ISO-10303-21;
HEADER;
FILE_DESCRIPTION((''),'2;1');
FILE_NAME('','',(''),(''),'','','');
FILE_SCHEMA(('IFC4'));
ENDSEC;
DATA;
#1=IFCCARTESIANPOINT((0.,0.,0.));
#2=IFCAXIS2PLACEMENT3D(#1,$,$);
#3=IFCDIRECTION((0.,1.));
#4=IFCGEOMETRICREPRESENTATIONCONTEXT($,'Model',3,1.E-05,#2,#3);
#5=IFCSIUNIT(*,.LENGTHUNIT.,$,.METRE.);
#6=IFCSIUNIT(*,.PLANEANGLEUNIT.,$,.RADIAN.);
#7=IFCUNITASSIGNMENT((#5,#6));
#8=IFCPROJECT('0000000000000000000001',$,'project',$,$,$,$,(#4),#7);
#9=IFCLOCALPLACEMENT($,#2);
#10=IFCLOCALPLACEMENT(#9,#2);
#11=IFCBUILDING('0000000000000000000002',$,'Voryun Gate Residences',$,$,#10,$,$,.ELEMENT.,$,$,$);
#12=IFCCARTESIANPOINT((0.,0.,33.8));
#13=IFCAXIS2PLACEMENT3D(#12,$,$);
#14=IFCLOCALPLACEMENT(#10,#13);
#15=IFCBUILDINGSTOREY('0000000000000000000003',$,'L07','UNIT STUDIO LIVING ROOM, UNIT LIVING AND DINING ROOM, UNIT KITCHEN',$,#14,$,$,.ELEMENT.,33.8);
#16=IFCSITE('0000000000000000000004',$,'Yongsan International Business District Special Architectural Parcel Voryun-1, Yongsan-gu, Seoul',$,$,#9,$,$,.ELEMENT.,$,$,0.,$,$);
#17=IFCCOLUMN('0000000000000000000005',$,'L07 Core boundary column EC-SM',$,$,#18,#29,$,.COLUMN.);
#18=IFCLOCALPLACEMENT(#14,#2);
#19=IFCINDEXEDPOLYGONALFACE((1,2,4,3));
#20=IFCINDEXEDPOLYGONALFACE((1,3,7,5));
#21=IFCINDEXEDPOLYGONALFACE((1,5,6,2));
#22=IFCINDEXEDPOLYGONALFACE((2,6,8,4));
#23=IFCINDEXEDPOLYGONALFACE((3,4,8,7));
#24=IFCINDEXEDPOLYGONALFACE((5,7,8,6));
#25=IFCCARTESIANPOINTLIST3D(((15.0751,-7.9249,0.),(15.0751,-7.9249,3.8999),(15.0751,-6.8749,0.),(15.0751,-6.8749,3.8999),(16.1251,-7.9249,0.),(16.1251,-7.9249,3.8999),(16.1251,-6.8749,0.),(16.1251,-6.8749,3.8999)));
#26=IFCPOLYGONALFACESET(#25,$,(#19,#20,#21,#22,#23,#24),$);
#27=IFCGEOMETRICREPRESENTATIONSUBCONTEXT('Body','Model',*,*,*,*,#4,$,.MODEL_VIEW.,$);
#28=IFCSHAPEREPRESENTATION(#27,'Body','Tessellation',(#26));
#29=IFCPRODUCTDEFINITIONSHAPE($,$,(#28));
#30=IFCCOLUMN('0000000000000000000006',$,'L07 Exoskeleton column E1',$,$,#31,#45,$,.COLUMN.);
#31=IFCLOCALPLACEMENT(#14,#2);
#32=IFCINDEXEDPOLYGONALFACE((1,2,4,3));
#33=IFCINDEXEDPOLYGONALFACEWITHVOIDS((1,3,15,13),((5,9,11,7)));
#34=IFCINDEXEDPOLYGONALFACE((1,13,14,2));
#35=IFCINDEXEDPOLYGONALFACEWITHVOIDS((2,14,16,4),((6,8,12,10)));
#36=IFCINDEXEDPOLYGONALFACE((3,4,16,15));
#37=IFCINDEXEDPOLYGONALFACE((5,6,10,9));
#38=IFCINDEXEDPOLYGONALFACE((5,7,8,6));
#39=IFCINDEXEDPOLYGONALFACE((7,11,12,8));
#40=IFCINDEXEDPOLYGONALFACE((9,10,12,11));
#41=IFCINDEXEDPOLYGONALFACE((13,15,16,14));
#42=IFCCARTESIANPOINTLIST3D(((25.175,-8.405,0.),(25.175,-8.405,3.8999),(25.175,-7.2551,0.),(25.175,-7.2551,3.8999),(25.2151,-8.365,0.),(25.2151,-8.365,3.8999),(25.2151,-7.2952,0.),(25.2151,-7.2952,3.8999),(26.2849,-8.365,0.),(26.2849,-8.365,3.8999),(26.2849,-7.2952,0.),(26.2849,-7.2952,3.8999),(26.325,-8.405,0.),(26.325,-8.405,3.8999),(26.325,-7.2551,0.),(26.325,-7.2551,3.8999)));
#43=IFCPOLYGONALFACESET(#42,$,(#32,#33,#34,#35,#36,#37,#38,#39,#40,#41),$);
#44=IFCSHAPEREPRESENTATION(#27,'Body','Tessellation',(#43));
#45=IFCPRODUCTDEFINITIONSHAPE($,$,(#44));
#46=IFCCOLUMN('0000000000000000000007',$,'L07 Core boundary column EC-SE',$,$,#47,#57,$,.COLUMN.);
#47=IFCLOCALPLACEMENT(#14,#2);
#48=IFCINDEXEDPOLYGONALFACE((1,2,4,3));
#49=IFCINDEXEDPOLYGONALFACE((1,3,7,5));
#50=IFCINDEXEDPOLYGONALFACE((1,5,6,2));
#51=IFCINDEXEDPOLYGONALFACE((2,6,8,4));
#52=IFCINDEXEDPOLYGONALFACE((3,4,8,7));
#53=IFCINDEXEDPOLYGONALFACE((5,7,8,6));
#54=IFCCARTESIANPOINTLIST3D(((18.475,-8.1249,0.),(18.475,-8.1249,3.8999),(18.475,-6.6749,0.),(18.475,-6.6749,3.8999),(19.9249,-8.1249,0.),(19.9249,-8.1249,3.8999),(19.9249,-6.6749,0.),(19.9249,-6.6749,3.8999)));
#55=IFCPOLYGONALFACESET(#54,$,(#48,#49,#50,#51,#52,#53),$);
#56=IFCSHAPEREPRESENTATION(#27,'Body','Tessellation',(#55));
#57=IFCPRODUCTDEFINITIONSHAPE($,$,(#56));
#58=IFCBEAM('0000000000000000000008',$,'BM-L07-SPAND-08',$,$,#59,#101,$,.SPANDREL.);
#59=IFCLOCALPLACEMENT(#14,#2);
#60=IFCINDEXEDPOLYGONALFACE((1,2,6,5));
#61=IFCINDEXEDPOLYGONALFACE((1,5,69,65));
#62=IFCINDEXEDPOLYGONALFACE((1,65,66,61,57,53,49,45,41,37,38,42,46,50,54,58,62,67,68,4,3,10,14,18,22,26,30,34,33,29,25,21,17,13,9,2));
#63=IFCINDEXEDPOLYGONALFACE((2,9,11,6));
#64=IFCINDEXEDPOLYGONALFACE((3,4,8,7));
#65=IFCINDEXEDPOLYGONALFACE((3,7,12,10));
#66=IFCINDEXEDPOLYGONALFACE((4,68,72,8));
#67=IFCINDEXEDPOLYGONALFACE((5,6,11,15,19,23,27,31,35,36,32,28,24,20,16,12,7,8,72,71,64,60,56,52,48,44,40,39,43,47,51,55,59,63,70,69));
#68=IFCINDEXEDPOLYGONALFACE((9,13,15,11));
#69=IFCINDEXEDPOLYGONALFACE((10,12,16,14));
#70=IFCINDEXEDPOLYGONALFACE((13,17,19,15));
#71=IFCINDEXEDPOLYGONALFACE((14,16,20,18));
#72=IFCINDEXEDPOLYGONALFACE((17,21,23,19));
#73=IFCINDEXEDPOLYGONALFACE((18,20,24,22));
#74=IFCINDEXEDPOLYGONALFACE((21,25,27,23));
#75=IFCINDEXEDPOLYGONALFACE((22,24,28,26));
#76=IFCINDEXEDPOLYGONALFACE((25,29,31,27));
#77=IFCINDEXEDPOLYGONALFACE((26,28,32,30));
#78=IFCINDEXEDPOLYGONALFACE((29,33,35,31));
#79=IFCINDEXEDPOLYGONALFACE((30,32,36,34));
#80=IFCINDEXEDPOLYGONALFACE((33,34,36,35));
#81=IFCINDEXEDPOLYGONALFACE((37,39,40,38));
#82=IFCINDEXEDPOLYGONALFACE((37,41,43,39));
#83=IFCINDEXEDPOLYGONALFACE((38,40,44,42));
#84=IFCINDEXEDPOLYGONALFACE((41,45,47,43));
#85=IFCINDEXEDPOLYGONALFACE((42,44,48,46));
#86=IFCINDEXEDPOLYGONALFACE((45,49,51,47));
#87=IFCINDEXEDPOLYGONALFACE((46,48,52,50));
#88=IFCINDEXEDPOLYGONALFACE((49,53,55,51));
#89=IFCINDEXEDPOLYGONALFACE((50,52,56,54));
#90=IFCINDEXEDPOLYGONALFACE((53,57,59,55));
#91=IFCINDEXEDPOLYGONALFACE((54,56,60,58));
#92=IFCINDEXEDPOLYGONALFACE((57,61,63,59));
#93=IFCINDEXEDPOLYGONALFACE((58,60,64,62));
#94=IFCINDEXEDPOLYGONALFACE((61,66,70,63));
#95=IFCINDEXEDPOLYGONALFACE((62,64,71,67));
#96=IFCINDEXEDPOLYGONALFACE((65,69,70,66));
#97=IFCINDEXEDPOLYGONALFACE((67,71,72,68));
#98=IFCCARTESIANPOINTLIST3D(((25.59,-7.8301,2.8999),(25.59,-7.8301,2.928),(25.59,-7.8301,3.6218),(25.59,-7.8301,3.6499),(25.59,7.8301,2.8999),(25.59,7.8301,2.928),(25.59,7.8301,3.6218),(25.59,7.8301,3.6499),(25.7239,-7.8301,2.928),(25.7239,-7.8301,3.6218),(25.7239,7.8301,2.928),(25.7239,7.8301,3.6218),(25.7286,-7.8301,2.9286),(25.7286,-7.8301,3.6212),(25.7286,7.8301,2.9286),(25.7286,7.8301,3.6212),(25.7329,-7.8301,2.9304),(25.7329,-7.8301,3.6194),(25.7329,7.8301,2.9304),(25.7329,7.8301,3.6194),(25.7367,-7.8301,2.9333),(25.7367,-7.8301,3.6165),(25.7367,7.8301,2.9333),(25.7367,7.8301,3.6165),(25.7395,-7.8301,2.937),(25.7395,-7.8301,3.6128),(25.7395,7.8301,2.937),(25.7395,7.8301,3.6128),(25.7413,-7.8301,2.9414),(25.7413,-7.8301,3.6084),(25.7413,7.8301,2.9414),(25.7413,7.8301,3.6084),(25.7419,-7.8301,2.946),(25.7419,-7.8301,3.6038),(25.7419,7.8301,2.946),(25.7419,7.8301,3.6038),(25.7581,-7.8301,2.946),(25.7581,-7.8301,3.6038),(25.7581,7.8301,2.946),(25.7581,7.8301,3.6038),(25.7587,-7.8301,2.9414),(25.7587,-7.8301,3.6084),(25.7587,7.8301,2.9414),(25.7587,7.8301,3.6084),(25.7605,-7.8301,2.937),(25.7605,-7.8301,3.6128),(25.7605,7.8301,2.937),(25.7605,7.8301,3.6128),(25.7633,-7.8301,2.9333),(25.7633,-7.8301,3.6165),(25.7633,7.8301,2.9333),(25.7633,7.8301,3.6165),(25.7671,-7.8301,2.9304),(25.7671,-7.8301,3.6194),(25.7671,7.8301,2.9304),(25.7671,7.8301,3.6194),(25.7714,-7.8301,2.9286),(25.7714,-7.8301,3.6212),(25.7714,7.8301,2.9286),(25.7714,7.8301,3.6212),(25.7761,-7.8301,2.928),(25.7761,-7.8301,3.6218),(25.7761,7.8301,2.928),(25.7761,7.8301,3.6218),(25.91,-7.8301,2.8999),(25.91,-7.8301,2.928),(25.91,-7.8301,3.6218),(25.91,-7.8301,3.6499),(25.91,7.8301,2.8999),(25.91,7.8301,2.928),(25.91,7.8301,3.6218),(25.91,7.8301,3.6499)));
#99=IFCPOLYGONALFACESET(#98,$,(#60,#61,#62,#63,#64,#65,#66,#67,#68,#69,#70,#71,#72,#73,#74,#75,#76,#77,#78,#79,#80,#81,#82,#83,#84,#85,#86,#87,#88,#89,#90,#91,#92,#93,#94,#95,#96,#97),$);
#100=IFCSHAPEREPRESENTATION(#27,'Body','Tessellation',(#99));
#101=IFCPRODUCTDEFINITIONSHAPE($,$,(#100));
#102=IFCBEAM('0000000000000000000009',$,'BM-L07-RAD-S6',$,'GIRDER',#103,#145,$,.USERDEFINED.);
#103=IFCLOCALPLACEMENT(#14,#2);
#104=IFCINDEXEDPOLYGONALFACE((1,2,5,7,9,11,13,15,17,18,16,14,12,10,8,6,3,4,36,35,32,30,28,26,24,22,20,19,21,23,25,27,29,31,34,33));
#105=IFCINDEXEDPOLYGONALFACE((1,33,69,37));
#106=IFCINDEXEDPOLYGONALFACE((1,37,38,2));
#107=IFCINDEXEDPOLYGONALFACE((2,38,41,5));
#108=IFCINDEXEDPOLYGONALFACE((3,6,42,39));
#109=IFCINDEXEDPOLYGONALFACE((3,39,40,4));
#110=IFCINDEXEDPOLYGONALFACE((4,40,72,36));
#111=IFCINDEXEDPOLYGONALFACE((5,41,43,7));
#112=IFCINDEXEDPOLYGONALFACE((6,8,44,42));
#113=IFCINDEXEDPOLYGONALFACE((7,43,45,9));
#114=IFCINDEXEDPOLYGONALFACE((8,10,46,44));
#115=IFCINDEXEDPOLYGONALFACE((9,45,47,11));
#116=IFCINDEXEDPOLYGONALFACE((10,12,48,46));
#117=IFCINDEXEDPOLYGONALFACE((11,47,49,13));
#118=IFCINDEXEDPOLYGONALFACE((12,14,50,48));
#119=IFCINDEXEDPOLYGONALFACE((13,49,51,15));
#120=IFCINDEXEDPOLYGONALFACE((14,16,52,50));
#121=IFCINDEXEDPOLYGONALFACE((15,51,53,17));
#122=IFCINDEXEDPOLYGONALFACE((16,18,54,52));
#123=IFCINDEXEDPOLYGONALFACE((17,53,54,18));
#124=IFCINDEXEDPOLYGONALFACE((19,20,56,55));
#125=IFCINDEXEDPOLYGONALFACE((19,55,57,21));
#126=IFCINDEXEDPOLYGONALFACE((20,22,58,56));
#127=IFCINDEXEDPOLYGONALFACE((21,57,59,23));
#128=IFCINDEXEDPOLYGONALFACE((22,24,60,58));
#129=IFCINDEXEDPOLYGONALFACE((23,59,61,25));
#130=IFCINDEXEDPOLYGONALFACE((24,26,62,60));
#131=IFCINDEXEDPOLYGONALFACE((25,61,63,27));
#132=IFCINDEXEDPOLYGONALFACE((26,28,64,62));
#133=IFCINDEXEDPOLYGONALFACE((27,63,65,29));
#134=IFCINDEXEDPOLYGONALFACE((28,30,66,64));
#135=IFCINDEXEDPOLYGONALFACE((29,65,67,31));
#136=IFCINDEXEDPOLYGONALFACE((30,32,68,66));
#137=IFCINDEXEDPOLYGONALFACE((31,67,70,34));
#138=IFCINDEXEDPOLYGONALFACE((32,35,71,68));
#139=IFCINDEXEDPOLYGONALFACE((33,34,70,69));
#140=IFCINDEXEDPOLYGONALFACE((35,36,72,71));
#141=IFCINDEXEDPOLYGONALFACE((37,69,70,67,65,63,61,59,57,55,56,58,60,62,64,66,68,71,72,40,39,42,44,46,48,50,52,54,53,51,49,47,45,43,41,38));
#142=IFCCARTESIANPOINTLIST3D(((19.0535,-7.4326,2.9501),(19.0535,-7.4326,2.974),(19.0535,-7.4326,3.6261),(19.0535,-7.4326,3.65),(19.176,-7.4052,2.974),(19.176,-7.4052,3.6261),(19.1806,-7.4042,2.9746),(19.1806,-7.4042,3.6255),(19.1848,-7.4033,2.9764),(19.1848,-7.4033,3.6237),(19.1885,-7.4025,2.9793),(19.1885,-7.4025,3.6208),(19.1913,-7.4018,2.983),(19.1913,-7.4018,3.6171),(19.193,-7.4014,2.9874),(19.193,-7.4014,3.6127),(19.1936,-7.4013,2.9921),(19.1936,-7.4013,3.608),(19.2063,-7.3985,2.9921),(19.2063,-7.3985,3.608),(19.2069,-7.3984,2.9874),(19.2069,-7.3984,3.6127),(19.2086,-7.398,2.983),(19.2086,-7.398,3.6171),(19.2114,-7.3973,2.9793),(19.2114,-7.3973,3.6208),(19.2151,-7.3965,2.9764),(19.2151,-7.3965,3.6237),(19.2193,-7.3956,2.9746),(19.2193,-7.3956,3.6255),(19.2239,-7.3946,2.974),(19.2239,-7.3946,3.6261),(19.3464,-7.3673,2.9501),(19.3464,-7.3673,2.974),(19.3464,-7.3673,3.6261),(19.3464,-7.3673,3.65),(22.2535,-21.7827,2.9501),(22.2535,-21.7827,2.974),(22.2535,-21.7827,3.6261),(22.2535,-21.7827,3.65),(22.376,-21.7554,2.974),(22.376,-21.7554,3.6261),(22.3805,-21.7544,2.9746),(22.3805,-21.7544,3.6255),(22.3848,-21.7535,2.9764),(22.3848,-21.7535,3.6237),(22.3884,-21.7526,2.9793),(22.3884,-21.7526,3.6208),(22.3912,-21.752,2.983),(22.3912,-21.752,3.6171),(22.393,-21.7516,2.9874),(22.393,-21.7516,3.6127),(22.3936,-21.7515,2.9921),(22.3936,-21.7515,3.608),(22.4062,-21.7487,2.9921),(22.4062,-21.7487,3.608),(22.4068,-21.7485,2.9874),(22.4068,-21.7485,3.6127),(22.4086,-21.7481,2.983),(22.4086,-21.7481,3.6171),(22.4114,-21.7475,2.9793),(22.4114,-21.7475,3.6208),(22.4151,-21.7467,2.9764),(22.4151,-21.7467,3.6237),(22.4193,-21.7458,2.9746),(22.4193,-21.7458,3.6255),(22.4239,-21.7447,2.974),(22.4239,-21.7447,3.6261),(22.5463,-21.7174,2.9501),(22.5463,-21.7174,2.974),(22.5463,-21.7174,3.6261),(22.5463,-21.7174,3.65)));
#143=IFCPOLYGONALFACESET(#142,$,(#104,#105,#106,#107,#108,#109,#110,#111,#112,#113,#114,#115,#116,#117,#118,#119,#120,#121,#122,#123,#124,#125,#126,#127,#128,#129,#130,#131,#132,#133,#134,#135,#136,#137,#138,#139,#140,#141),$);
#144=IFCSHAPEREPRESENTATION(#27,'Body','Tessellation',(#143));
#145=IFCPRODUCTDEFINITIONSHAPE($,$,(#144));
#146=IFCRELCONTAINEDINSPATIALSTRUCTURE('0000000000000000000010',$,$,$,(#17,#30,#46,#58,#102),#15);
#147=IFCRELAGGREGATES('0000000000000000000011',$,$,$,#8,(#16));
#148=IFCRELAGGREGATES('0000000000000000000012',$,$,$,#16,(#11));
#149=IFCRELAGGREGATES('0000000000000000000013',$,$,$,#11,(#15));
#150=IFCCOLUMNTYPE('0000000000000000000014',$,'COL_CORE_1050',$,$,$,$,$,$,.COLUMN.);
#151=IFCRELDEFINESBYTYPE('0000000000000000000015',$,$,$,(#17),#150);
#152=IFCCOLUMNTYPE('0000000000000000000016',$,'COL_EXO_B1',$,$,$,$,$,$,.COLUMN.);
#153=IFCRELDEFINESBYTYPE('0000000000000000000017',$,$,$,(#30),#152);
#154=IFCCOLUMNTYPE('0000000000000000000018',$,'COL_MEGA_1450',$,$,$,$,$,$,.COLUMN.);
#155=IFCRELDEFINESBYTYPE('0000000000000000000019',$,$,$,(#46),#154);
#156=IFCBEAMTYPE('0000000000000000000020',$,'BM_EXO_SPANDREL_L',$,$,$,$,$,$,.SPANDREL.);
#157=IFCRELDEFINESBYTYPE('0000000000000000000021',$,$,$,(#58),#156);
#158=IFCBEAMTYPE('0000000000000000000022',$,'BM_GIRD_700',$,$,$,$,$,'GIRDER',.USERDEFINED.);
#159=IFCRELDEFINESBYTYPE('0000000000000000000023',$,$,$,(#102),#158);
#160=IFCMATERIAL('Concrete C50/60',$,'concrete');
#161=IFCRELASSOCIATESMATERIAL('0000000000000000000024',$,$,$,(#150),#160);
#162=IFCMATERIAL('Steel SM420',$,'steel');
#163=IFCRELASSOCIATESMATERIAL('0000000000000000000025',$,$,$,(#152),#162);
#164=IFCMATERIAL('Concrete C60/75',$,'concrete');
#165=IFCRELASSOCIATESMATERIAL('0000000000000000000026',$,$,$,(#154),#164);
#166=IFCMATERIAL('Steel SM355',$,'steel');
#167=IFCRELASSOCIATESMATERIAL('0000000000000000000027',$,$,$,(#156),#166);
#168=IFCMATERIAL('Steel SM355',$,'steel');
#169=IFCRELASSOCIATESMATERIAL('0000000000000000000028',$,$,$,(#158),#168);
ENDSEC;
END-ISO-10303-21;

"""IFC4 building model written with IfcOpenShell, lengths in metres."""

from ifc_helpers import new_model, si_unit, direction, frame, origin, origin_2d, place, context, subcontext, project, spatial, rectangle, hollow_rectangle, i_section, extrude, material, material_profile, profile_set, type_object, element, save


model = new_model("IFC4")

# Units and contexts
model_context = context("Model", 3, precision=1e-05, world=origin(), true_north=direction((0.0, 1.0)))
body_context = subcontext(model_context, "Body", "Model", "MODEL_VIEW")
ifc_project = project(units=[si_unit("LENGTHUNIT", "METRE"), si_unit("PLANEANGLEUNIT", "RADIAN")], contexts=[model_context])

# Site, building, storey
site_placement = place(None, origin())
site = spatial("IfcSite", under=ifc_project, at=site_placement, Name="Yongsan International Business District Special Architectural Parcel Voryun-1, Yongsan-gu, Seoul", CompositionType="ELEMENT", RefElevation=0.0)
building_placement = place(site_placement, origin())
building = spatial("IfcBuilding", under=site, at=building_placement, Name="Voryun Gate Residences", CompositionType="ELEMENT")
storey_placement = place(building_placement, frame((0.0, 0.0, 33.8)))
storey = spatial("IfcBuildingStorey", under=building, at=storey_placement, Name="L07", Description="UNIT STUDIO LIVING ROOM, UNIT LIVING AND DINING ROOM, UNIT KITCHEN", CompositionType="ELEMENT", Elevation=33.8)

# Columns
ifc_material_1 = material(Name="Concrete C50/60", Category="concrete")
ifc_material_profile_1 = material_profile(ifc_material_1, rectangle(XDim=1.05, YDim=1.05, at=origin_2d()), Name="RC-1050x1050")
ifc_profile_set_1 = profile_set([ifc_material_profile_1], Name="Concrete C50/60")
column_type_1 = type_object("IfcColumnType", Name="COL_CORE_1050", PredefinedType="COLUMN", material=ifc_profile_set_1)
column_1_placement = place(storey_placement, frame((15.6001, -7.3999, 0.0), z_axis=(0.0, 0.0, 1.0), x_axis=(1.0, 0.0, 0.0)))
element("IfcColumn", 1, at=column_1_placement, inside=storey, type_object=column_type_1, Name="L07 Core boundary column EC-SM", PredefinedType="COLUMN", context=body_context, shape_type="SweptSolid", body=[
    extrude(rectangle(XDim=1.05, YDim=1.05, at=origin_2d()), origin(), (0.0, 0.0, 1.0), 3.8999),
])
ifc_material_2 = material(Name="Steel SM420", Category="steel")
ifc_material_profile_2 = material_profile(ifc_material_2, hollow_rectangle(XDim=1.1499, YDim=1.1499, WallThickness=0.04, at=origin_2d()), Name="BOX-1150x1150x40")
ifc_profile_set_2 = profile_set([ifc_material_profile_2], Name="Steel SM420")
column_type_2 = type_object("IfcColumnType", Name="COL_EXO_B1", PredefinedType="COLUMN", material=ifc_profile_set_2)
column_2_placement = place(storey_placement, frame((25.75, -7.8301, 0.0), z_axis=(0.0, 0.0, 1.0), x_axis=(1.0, 0.0, 0.0)))
element("IfcColumn", 2, at=column_2_placement, inside=storey, type_object=column_type_2, Name="L07 Exoskeleton column E1", PredefinedType="COLUMN", context=body_context, shape_type="SweptSolid", body=[
    extrude(hollow_rectangle(XDim=1.1499, YDim=1.1499, WallThickness=0.04, at=origin_2d()), origin(), (0.0, 0.0, 1.0), 3.8999),
])
ifc_material_3 = material(Name="Concrete C60/75", Category="concrete")
ifc_material_profile_3 = material_profile(ifc_material_3, rectangle(XDim=1.45, YDim=1.45, at=origin_2d()), Name="RC-1450x1450")
ifc_profile_set_3 = profile_set([ifc_material_profile_3], Name="Concrete C60/75")
column_type_3 = type_object("IfcColumnType", Name="COL_MEGA_1450", PredefinedType="COLUMN", material=ifc_profile_set_3)
column_3_placement = place(storey_placement, frame((19.2, -7.3999, 0.0), z_axis=(0.0, 0.0, 1.0), x_axis=(1.0, 0.0, 0.0)))
element("IfcColumn", 3, at=column_3_placement, inside=storey, type_object=column_type_3, Name="L07 Core boundary column EC-SE", PredefinedType="COLUMN", context=body_context, shape_type="SweptSolid", body=[
    extrude(rectangle(XDim=1.45, YDim=1.45, at=origin_2d()), origin(), (0.0, 0.0, 1.0), 3.8999),
])

# Beams
ifc_material_4 = material(Name="Steel SM355", Category="steel")
ifc_material_profile_4 = material_profile(ifc_material_4, i_section(OverallWidth=0.3201, OverallDepth=0.75, WebThickness=0.0161, FlangeThickness=0.0281, FilletRadius=0.0181, at=origin_2d()), Name="H-750x320x16x28")
ifc_profile_set_4 = profile_set([ifc_material_profile_4], Name="Steel SM355")
beam_type_1 = type_object("IfcBeamType", Name="BM_EXO_SPANDREL_L", PredefinedType="SPANDREL", material=ifc_profile_set_4)
beam_1_placement = place(storey_placement, frame((25.75, -7.8301, 3.2749), z_axis=(0.0, 1.0, 0.0), x_axis=(-1.0, 0.0, 0.0)))
element("IfcBeam", 4, at=beam_1_placement, inside=storey, type_object=beam_type_1, Name="BM-L07-SPAND-08", PredefinedType="SPANDREL", context=body_context, shape_type="SweptSolid", body=[
    extrude(i_section(OverallWidth=0.3201, OverallDepth=0.75, WebThickness=0.0161, FlangeThickness=0.0281, FilletRadius=0.0181, at=origin_2d()), origin(), (0.0, 0.0, 1.0), 15.6602),
])
ifc_material_5 = material(Name="Steel SM355", Category="steel")
ifc_material_profile_5 = material_profile(ifc_material_5, i_section(OverallWidth=0.3, OverallDepth=0.7, WebThickness=0.0129, FlangeThickness=0.0239, FilletRadius=0.0181, at=origin_2d()), Name="H-700x300x13x24")
ifc_profile_set_5 = profile_set([ifc_material_profile_5], Name="Steel SM355")
beam_type_2 = type_object("IfcBeamType", Name="BM_GIRD_700", ElementType="GIRDER", PredefinedType="USERDEFINED", material=ifc_profile_set_5)
beam_2_placement = place(storey_placement, frame((19.2, -7.3999, 3.3), z_axis=(0.217646, -0.976028, 0.0), x_axis=(0.976028, 0.217646, 0.0)))
element("IfcBeam", 5, at=beam_2_placement, inside=storey, type_object=beam_type_2, Name="BM-L07-RAD-S6", ObjectType="GIRDER", PredefinedType="USERDEFINED", context=body_context, shape_type="SweptSolid", body=[
    extrude(i_section(OverallWidth=0.3, OverallDepth=0.7, WebThickness=0.0129, FlangeThickness=0.0239, FilletRadius=0.0181, at=origin_2d()), origin(), (0.0, 0.0, 1.0), 14.7026),
])

save(model, "model.ifc")
